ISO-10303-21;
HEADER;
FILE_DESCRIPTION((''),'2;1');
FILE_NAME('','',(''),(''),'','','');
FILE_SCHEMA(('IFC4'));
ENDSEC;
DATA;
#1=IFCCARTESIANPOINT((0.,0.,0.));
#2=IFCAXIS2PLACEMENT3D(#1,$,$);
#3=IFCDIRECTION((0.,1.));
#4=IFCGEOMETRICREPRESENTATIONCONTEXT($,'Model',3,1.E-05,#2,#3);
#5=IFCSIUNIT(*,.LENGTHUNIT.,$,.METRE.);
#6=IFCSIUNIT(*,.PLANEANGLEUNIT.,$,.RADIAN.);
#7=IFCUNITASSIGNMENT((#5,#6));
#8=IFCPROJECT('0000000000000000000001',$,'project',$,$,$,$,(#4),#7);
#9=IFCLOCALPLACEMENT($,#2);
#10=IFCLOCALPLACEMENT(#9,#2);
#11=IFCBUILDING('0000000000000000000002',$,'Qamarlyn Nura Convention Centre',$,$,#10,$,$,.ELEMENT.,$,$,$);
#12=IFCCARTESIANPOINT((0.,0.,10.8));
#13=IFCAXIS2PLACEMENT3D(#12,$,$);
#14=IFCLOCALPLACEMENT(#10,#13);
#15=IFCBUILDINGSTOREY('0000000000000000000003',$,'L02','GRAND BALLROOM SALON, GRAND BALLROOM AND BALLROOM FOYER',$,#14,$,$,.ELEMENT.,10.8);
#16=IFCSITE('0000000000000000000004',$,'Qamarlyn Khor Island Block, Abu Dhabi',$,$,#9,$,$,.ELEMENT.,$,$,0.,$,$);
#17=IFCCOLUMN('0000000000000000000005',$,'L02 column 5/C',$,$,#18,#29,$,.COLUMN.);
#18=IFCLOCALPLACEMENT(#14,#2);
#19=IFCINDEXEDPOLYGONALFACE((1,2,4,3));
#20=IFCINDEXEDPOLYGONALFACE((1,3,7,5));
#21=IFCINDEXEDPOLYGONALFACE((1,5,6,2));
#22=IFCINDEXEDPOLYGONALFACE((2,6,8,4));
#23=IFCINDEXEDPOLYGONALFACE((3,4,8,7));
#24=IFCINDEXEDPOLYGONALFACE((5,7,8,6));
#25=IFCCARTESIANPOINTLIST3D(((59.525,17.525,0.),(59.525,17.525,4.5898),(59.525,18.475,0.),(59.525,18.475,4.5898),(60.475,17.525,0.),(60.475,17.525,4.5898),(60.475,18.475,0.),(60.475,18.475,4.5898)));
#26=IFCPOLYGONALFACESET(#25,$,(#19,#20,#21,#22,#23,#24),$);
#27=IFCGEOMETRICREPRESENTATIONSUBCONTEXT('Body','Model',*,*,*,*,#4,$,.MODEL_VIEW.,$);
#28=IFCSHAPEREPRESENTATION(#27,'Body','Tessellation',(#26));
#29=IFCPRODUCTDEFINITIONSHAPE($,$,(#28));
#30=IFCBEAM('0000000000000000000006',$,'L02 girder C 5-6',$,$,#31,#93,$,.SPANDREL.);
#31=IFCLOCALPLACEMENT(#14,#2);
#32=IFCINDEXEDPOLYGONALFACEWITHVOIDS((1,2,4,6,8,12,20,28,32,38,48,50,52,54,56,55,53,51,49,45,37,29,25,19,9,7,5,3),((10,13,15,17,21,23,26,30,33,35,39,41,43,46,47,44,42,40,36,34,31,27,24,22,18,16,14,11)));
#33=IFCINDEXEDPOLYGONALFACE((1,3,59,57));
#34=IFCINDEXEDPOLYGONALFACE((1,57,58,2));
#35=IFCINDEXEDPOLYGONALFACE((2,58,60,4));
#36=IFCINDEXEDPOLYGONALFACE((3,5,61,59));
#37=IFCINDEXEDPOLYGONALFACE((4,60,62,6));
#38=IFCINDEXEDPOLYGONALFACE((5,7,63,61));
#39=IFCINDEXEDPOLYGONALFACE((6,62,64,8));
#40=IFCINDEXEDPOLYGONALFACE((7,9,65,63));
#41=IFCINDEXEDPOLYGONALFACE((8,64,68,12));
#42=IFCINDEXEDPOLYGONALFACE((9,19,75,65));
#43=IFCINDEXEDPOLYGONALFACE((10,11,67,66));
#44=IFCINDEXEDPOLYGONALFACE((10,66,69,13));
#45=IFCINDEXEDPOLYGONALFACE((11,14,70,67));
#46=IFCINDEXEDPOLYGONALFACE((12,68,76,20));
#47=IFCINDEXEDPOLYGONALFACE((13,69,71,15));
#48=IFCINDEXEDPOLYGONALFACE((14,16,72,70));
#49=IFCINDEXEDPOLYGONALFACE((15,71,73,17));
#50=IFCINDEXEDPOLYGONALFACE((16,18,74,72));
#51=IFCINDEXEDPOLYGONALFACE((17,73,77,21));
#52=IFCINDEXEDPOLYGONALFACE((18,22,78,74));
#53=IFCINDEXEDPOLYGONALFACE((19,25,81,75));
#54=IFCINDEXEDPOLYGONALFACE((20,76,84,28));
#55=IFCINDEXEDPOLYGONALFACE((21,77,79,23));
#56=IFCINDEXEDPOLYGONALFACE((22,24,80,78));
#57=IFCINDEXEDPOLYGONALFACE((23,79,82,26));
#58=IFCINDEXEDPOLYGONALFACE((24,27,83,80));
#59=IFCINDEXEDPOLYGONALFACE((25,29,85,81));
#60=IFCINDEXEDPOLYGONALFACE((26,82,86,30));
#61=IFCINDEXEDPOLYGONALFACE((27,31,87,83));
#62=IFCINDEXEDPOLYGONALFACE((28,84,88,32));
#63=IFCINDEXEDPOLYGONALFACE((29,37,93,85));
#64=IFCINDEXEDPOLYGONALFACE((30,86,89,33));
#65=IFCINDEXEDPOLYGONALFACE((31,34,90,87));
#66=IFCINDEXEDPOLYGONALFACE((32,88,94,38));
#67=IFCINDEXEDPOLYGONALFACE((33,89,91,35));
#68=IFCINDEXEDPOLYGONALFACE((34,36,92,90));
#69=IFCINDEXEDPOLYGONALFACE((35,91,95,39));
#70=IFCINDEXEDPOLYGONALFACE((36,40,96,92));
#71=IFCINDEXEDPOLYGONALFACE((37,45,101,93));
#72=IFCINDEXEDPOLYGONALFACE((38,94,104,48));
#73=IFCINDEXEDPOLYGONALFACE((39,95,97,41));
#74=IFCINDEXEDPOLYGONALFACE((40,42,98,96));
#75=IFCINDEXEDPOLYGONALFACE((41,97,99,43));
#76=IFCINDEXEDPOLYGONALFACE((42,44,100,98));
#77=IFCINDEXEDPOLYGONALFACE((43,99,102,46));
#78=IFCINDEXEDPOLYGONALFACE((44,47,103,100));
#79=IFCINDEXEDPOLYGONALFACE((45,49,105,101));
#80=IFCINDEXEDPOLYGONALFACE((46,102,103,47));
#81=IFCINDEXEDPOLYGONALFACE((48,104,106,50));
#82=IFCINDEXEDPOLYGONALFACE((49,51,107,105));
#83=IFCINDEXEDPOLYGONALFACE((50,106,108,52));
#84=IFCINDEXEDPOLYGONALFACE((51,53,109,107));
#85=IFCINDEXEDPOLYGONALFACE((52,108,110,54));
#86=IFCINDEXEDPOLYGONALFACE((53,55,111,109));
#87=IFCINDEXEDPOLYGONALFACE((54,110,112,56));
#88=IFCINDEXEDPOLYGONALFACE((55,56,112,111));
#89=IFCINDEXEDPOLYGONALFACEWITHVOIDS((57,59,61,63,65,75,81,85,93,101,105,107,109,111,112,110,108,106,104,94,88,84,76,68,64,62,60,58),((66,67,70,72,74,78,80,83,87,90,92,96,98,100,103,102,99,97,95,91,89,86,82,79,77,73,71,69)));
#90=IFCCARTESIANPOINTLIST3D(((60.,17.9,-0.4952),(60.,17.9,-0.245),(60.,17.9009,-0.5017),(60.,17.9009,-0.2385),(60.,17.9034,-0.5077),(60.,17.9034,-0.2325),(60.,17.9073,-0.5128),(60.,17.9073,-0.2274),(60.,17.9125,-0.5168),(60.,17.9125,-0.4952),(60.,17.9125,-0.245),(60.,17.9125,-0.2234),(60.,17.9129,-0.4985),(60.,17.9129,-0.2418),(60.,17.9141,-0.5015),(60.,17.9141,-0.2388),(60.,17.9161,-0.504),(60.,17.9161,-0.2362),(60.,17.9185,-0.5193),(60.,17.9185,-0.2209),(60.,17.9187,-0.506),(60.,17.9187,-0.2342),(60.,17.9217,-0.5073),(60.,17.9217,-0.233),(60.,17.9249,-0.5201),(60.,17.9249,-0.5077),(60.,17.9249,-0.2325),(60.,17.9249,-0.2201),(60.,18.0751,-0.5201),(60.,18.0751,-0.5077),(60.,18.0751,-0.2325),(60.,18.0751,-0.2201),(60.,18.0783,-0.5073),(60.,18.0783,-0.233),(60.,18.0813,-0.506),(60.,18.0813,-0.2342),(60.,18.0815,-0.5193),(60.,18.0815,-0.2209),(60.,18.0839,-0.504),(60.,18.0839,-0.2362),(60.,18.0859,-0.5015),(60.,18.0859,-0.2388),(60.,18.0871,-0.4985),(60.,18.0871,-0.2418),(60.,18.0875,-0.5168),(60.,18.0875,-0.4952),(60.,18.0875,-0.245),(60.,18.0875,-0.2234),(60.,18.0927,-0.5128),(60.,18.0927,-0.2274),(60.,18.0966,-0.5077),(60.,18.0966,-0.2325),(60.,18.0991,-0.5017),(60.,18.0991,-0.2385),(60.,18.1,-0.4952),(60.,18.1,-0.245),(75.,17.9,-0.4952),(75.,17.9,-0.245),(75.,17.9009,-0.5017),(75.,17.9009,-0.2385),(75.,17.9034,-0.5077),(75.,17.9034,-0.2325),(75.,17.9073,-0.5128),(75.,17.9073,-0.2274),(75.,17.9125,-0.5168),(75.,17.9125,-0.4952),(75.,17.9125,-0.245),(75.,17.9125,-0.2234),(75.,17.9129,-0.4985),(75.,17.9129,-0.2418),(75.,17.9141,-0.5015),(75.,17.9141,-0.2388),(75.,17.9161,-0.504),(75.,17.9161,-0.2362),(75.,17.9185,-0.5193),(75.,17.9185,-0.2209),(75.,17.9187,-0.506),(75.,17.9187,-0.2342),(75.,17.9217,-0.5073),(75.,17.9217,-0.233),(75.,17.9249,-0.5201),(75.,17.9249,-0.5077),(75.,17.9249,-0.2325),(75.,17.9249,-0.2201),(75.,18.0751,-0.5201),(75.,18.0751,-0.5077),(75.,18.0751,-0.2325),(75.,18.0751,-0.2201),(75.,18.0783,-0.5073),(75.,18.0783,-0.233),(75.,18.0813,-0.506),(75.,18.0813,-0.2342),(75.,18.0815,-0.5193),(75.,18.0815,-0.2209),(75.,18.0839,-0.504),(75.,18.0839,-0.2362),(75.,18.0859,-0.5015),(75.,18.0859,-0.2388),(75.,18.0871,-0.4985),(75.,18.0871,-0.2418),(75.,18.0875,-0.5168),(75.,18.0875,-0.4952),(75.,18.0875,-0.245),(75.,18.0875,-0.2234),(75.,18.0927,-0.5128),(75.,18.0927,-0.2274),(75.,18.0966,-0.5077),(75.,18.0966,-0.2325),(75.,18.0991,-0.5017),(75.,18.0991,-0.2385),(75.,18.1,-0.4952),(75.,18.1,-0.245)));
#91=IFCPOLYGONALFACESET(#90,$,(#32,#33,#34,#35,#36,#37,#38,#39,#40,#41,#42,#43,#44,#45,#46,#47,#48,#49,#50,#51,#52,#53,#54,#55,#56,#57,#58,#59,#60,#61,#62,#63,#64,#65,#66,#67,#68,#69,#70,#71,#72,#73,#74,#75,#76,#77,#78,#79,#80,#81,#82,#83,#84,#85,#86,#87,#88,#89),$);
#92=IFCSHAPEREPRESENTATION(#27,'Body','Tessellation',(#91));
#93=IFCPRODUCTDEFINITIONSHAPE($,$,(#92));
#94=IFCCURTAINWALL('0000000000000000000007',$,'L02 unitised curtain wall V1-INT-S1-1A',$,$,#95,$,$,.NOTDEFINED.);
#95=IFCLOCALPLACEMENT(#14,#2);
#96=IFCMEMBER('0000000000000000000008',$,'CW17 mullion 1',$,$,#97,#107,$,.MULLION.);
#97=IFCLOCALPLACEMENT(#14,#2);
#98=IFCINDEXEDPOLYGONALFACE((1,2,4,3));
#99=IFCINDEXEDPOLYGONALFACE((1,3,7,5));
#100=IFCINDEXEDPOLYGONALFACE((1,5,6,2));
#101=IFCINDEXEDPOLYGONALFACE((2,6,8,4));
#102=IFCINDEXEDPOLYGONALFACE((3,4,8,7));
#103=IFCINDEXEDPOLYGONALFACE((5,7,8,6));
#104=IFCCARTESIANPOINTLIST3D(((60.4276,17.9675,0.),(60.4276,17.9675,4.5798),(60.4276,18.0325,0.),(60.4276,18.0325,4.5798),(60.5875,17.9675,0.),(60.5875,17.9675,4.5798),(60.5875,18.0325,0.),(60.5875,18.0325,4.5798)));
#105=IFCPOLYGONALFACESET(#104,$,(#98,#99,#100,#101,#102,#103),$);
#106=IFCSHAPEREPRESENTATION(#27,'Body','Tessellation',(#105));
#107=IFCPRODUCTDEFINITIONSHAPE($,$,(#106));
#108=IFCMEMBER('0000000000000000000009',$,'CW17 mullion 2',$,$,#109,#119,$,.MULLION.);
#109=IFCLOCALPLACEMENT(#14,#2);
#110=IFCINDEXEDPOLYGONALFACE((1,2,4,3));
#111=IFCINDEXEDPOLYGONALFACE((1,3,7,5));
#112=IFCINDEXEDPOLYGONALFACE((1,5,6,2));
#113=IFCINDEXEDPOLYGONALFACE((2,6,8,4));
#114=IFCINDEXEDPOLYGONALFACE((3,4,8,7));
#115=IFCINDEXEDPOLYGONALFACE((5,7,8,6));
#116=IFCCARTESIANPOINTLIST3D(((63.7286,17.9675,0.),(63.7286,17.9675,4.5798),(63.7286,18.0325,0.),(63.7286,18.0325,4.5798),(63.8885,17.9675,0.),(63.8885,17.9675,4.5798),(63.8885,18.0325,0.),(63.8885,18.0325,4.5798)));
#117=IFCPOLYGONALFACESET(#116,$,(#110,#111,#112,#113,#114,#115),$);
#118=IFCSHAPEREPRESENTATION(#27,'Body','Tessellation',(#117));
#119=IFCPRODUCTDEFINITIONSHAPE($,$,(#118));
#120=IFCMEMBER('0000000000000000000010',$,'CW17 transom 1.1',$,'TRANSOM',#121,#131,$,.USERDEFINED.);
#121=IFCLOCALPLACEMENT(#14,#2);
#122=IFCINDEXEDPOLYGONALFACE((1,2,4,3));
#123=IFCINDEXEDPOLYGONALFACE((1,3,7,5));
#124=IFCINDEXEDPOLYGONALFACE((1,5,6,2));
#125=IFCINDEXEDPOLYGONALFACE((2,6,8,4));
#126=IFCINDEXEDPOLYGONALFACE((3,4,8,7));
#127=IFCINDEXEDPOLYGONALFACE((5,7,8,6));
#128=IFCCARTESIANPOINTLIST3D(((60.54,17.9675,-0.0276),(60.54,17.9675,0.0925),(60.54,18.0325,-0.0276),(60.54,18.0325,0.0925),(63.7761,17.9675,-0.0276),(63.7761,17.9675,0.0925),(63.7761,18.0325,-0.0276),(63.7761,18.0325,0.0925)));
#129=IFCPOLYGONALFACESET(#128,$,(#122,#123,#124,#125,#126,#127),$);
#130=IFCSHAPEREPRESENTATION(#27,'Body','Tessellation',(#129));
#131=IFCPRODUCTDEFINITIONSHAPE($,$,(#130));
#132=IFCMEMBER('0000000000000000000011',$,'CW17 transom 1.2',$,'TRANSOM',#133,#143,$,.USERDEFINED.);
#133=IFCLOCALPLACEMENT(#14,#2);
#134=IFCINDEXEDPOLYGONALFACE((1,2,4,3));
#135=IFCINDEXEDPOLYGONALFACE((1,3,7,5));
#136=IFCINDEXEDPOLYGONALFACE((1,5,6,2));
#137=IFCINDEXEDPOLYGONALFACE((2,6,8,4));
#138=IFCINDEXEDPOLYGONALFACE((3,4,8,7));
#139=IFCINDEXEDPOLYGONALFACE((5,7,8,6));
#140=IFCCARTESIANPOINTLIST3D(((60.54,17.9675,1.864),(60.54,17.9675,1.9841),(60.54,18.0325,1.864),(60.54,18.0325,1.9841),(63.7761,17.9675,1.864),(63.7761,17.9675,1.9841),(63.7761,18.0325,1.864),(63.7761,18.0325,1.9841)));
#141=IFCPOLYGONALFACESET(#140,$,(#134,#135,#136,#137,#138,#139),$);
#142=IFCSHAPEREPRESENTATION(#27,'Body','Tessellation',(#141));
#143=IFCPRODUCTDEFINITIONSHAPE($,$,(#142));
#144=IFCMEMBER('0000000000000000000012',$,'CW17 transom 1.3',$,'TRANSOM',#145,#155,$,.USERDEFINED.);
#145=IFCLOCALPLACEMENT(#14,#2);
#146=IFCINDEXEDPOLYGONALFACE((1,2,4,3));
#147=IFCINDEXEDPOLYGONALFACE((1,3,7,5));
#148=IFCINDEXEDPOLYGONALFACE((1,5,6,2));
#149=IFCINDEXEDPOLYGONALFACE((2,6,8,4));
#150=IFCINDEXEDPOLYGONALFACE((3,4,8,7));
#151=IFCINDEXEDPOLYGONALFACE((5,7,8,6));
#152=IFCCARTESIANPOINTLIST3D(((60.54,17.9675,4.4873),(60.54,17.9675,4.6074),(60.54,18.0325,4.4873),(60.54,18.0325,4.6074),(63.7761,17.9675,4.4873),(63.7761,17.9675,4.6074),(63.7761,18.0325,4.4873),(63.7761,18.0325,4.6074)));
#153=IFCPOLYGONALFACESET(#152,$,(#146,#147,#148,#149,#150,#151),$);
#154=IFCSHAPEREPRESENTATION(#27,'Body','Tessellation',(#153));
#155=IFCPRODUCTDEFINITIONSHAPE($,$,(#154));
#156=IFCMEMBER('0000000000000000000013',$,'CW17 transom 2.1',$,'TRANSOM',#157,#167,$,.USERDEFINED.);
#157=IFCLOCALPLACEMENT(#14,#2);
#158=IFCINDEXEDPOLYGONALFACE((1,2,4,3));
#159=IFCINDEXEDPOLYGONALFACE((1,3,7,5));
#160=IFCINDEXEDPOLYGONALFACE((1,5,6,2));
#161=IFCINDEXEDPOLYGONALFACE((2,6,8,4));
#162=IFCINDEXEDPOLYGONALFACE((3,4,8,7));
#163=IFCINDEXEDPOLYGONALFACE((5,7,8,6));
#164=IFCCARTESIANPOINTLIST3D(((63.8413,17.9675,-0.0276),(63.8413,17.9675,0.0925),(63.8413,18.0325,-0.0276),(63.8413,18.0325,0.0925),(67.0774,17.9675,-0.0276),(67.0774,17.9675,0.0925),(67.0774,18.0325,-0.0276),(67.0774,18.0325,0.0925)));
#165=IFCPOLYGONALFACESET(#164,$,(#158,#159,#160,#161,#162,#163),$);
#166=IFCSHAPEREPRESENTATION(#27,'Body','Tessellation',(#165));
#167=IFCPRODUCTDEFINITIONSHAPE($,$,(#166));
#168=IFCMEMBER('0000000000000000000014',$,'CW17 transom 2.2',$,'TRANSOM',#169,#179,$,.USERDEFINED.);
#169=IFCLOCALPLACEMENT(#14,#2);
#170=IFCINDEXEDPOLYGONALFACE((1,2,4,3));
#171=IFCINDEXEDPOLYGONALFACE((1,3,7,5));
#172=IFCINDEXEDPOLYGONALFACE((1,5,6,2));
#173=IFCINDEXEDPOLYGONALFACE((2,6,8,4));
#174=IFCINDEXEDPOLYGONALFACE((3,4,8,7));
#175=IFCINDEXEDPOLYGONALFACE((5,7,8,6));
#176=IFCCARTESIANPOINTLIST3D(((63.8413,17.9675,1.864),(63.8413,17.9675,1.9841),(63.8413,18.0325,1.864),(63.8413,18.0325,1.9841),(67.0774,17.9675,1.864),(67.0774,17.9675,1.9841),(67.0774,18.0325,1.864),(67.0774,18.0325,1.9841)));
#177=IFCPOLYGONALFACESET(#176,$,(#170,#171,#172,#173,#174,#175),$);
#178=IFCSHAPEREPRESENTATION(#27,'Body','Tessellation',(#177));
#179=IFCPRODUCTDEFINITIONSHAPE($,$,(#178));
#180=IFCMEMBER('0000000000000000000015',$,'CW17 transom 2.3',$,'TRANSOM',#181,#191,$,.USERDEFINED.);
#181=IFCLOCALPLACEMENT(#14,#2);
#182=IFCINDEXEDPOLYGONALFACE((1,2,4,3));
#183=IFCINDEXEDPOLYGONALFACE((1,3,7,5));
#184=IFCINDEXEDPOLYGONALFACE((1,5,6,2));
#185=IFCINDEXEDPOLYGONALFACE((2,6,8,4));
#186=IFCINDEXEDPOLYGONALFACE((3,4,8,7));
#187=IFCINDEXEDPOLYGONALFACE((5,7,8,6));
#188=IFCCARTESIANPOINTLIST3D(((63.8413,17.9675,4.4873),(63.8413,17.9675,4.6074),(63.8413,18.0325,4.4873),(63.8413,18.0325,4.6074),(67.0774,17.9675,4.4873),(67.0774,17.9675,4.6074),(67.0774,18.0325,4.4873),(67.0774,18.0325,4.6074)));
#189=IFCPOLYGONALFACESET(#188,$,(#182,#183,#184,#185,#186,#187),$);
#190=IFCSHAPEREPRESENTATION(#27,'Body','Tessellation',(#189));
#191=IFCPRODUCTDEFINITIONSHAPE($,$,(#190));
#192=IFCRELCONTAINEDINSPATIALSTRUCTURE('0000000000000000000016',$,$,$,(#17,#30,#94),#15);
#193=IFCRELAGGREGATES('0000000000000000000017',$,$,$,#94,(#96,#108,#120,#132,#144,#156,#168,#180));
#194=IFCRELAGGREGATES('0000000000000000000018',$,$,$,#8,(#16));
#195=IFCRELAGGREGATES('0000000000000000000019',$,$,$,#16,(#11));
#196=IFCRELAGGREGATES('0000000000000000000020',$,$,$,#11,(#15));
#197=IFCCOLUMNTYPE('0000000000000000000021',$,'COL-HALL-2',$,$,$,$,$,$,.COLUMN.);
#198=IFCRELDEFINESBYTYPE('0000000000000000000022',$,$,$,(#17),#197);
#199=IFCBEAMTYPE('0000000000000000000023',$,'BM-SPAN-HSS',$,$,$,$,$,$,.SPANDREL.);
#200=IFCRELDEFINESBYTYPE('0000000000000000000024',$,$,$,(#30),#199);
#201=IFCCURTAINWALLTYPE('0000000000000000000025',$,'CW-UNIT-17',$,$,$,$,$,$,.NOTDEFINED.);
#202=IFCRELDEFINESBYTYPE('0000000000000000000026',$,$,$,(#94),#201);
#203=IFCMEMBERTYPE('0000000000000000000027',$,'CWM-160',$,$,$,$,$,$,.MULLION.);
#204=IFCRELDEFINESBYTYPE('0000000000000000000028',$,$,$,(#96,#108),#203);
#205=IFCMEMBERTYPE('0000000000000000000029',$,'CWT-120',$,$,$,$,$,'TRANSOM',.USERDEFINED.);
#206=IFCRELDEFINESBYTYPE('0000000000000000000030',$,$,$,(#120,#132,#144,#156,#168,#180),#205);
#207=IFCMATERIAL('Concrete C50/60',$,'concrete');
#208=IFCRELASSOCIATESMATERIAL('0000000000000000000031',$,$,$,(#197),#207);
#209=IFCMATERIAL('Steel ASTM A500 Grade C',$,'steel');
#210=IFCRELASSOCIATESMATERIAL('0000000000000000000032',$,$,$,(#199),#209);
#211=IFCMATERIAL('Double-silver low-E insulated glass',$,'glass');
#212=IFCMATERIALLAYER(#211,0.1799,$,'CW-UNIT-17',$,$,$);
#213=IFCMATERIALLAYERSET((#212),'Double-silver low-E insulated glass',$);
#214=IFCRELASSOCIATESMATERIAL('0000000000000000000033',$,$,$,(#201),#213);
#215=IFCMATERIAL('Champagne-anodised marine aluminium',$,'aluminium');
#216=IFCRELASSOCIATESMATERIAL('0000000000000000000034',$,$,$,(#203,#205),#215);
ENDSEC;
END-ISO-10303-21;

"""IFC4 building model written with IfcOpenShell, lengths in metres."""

from ifc_helpers import new_model, si_unit, direction, frame, origin, origin_2d, place, context, subcontext, project, spatial, rectangle, hollow_rectangle, extrude, material, layer, layer_set, material_profile, profile_set, type_object, element, aggregate, save


model = new_model("IFC4")

# Units and contexts
model_context = context("Model", 3, precision=1e-05, world=origin(), true_north=direction((0.0, 1.0)))
body_context = subcontext(model_context, "Body", "Model", "MODEL_VIEW")
ifc_project = project(units=[si_unit("LENGTHUNIT", "METRE"), si_unit("PLANEANGLEUNIT", "RADIAN")], contexts=[model_context])

# Site, building, storey
site_placement = place(None, origin())
site = spatial("IfcSite", under=ifc_project, at=site_placement, Name="Qamarlyn Khor Island Block, Abu Dhabi", CompositionType="ELEMENT", RefElevation=0.0)
building_placement = place(site_placement, origin())
building = spatial("IfcBuilding", under=site, at=building_placement, Name="Qamarlyn Nura Convention Centre", CompositionType="ELEMENT")
storey_placement = place(building_placement, frame((0.0, 0.0, 10.8)))
storey = spatial("IfcBuildingStorey", under=building, at=storey_placement, Name="L02", Description="GRAND BALLROOM SALON, GRAND BALLROOM AND BALLROOM FOYER", CompositionType="ELEMENT", Elevation=10.8)

# Column
ifc_material_1 = material(Name="Concrete C50/60", Category="concrete")
ifc_material_profile_1 = material_profile(ifc_material_1, rectangle(XDim=0.95, YDim=0.95, at=origin_2d()), Name="RC 950x950")
ifc_profile_set_1 = profile_set([ifc_material_profile_1], Name="Concrete C50/60")
column_type = type_object("IfcColumnType", Name="COL-HALL-2", PredefinedType="COLUMN", material=ifc_profile_set_1)
column_placement = place(storey_placement, frame((60.0, 18.0, 0.0), z_axis=(0.0, 0.0, 1.0), x_axis=(1.0, 0.0, 0.0)))
element("IfcColumn", 1, at=column_placement, inside=storey, type_object=column_type, Name="L02 column 5/C", PredefinedType="COLUMN", context=body_context, shape_type="SweptSolid", body=[
    extrude(rectangle(XDim=0.95, YDim=0.95, at=origin_2d()), origin(), (0.0, 0.0, 1.0), 4.5898),
])

# Beam
ifc_material_2 = material(Name="Steel ASTM A500 Grade C", Category="steel")
ifc_material_profile_2 = material_profile(ifc_material_2, hollow_rectangle(XDim=0.2, YDim=0.3, WallThickness=0.0125, InnerFilletRadius=0.0125, OuterFilletRadius=0.0249, at=origin_2d()), Name="HSS300X200X12.5")
ifc_profile_set_2 = profile_set([ifc_material_profile_2], Name="Steel ASTM A500 Grade C")
beam_type = type_object("IfcBeamType", Name="BM-SPAN-HSS", PredefinedType="SPANDREL", material=ifc_profile_set_2)
beam_placement = place(storey_placement, frame((60.0, 18.0, -0.3701), z_axis=(1.0, 0.0, 0.0), x_axis=(0.0, 1.0, 0.0)))
element("IfcBeam", 2, at=beam_placement, inside=storey, type_object=beam_type, Name="L02 girder C 5-6", PredefinedType="SPANDREL", context=body_context, shape_type="SweptSolid", body=[
    extrude(hollow_rectangle(XDim=0.2, YDim=0.3, WallThickness=0.0125, InnerFilletRadius=0.0125, OuterFilletRadius=0.0249, at=origin_2d()), origin(), (0.0, 0.0, 1.0), 15.0),
])

# Curtain wall, members
ifc_material_3 = material(Name="Double-silver low-E insulated glass", Category="glass")
ifc_layer_1 = layer(ifc_material_3, 0.1799, Name="CW-UNIT-17")
ifc_layer_set_1 = layer_set([ifc_layer_1], Name="Double-silver low-E insulated glass")
curtain_wall_type = type_object("IfcCurtainWallType", Name="CW-UNIT-17", PredefinedType="NOTDEFINED", material=ifc_layer_set_1)
curtain_wall_placement = place(storey_placement, origin())
curtain_wall = element("IfcCurtainWall", 3, at=curtain_wall_placement, inside=storey, type_object=curtain_wall_type, Name="L02 unitised curtain wall V1-INT-S1-1A", PredefinedType="NOTDEFINED")
ifc_material_4 = material(Name="Champagne-anodised marine aluminium", Category="aluminium")
ifc_material_profile_3 = material_profile(ifc_material_4, rectangle(XDim=0.0649, YDim=0.1599, at=origin_2d()), Name="ALU MULLION 65x160")
ifc_profile_set_3 = profile_set([ifc_material_profile_3], Name="Champagne-anodised marine aluminium")
member_type_1 = type_object("IfcMemberType", Name="CWM-160", PredefinedType="MULLION", material=ifc_profile_set_3)
member_1_placement = place(storey_placement, frame((60.5076, 18.0, 0.0), z_axis=(0.0, 0.0, 1.0), x_axis=(0.0, 1.0, 0.0)))
member_1 = element("IfcMember", 4, at=member_1_placement, type_object=member_type_1, Name="CW17 mullion 1", PredefinedType="MULLION", context=body_context, shape_type="SweptSolid", body=[
    extrude(rectangle(XDim=0.0649, YDim=0.1599, at=origin_2d()), origin(), (0.0, 0.0, 1.0), 4.5798),
])
member_2_placement = place(storey_placement, frame((63.8086, 18.0, 0.0), z_axis=(0.0, 0.0, 1.0), x_axis=(0.0, 1.0, 0.0)))
member_2 = element("IfcMember", 5, at=member_2_placement, type_object=member_type_1, Name="CW17 mullion 2", PredefinedType="MULLION", context=body_context, shape_type="SweptSolid", body=[
    extrude(rectangle(XDim=0.0649, YDim=0.1599, at=origin_2d()), origin(), (0.0, 0.0, 1.0), 4.5798),
])
ifc_material_profile_4 = material_profile(ifc_material_4, rectangle(XDim=0.0649, YDim=0.1201, at=origin_2d()), Name="ALU TRANSOM 65x120")
ifc_profile_set_4 = profile_set([ifc_material_profile_4], Name="Champagne-anodised marine aluminium")
member_type_2 = type_object("IfcMemberType", Name="CWT-120", ElementType="TRANSOM", PredefinedType="USERDEFINED", material=ifc_profile_set_4)
member_3_placement = place(storey_placement, frame((60.54, 18.0, 0.0325), z_axis=(1.0, 0.0, 0.0), x_axis=(0.0, 1.0, 0.0)))
member_3 = element("IfcMember", 6, at=member_3_placement, type_object=member_type_2, Name="CW17 transom 1.1", ObjectType="TRANSOM", PredefinedType="USERDEFINED", context=body_context, shape_type="SweptSolid", body=[
    extrude(rectangle(XDim=0.0649, YDim=0.1201, at=origin_2d()), origin(), (0.0, 0.0, 1.0), 3.2361),
])
member_4_placement = place(storey_placement, frame((60.54, 18.0, 1.9241), z_axis=(1.0, 0.0, 0.0), x_axis=(0.0, 1.0, 0.0)))
member_4 = element("IfcMember", 7, at=member_4_placement, type_object=member_type_2, Name="CW17 transom 1.2", ObjectType="TRANSOM", PredefinedType="USERDEFINED", context=body_context, shape_type="SweptSolid", body=[
    extrude(rectangle(XDim=0.0649, YDim=0.1201, at=origin_2d()), origin(), (0.0, 0.0, 1.0), 3.2361),
])
member_5_placement = place(storey_placement, frame((60.54, 18.0, 4.5474), z_axis=(1.0, 0.0, 0.0), x_axis=(0.0, 1.0, 0.0)))
member_5 = element("IfcMember", 8, at=member_5_placement, type_object=member_type_2, Name="CW17 transom 1.3", ObjectType="TRANSOM", PredefinedType="USERDEFINED", context=body_context, shape_type="SweptSolid", body=[
    extrude(rectangle(XDim=0.0649, YDim=0.1201, at=origin_2d()), origin(), (0.0, 0.0, 1.0), 3.2361),
])
member_6_placement = place(storey_placement, frame((63.8413, 18.0, 0.0325), z_axis=(1.0, 0.0, 0.0), x_axis=(0.0, 1.0, 0.0)))
member_6 = element("IfcMember", 9, at=member_6_placement, type_object=member_type_2, Name="CW17 transom 2.1", ObjectType="TRANSOM", PredefinedType="USERDEFINED", context=body_context, shape_type="SweptSolid", body=[
    extrude(rectangle(XDim=0.0649, YDim=0.1201, at=origin_2d()), origin(), (0.0, 0.0, 1.0), 3.2361),
])
member_7_placement = place(storey_placement, frame((63.8413, 18.0, 1.9241), z_axis=(1.0, 0.0, 0.0), x_axis=(0.0, 1.0, 0.0)))
member_7 = element("IfcMember", 10, at=member_7_placement, type_object=member_type_2, Name="CW17 transom 2.2", ObjectType="TRANSOM", PredefinedType="USERDEFINED", context=body_context, shape_type="SweptSolid", body=[
    extrude(rectangle(XDim=0.0649, YDim=0.1201, at=origin_2d()), origin(), (0.0, 0.0, 1.0), 3.2361),
])
member_8_placement = place(storey_placement, frame((63.8413, 18.0, 4.5474), z_axis=(1.0, 0.0, 0.0), x_axis=(0.0, 1.0, 0.0)))
member_8 = element("IfcMember", 11, at=member_8_placement, type_object=member_type_2, Name="CW17 transom 2.3", ObjectType="TRANSOM", PredefinedType="USERDEFINED", context=body_context, shape_type="SweptSolid", body=[
    extrude(rectangle(XDim=0.0649, YDim=0.1201, at=origin_2d()), origin(), (0.0, 0.0, 1.0), 3.2361),
])

aggregate(curtain_wall, [member_1, member_2, member_3, member_4, member_5, member_6, member_7, member_8])

save(model, "model.ifc")
